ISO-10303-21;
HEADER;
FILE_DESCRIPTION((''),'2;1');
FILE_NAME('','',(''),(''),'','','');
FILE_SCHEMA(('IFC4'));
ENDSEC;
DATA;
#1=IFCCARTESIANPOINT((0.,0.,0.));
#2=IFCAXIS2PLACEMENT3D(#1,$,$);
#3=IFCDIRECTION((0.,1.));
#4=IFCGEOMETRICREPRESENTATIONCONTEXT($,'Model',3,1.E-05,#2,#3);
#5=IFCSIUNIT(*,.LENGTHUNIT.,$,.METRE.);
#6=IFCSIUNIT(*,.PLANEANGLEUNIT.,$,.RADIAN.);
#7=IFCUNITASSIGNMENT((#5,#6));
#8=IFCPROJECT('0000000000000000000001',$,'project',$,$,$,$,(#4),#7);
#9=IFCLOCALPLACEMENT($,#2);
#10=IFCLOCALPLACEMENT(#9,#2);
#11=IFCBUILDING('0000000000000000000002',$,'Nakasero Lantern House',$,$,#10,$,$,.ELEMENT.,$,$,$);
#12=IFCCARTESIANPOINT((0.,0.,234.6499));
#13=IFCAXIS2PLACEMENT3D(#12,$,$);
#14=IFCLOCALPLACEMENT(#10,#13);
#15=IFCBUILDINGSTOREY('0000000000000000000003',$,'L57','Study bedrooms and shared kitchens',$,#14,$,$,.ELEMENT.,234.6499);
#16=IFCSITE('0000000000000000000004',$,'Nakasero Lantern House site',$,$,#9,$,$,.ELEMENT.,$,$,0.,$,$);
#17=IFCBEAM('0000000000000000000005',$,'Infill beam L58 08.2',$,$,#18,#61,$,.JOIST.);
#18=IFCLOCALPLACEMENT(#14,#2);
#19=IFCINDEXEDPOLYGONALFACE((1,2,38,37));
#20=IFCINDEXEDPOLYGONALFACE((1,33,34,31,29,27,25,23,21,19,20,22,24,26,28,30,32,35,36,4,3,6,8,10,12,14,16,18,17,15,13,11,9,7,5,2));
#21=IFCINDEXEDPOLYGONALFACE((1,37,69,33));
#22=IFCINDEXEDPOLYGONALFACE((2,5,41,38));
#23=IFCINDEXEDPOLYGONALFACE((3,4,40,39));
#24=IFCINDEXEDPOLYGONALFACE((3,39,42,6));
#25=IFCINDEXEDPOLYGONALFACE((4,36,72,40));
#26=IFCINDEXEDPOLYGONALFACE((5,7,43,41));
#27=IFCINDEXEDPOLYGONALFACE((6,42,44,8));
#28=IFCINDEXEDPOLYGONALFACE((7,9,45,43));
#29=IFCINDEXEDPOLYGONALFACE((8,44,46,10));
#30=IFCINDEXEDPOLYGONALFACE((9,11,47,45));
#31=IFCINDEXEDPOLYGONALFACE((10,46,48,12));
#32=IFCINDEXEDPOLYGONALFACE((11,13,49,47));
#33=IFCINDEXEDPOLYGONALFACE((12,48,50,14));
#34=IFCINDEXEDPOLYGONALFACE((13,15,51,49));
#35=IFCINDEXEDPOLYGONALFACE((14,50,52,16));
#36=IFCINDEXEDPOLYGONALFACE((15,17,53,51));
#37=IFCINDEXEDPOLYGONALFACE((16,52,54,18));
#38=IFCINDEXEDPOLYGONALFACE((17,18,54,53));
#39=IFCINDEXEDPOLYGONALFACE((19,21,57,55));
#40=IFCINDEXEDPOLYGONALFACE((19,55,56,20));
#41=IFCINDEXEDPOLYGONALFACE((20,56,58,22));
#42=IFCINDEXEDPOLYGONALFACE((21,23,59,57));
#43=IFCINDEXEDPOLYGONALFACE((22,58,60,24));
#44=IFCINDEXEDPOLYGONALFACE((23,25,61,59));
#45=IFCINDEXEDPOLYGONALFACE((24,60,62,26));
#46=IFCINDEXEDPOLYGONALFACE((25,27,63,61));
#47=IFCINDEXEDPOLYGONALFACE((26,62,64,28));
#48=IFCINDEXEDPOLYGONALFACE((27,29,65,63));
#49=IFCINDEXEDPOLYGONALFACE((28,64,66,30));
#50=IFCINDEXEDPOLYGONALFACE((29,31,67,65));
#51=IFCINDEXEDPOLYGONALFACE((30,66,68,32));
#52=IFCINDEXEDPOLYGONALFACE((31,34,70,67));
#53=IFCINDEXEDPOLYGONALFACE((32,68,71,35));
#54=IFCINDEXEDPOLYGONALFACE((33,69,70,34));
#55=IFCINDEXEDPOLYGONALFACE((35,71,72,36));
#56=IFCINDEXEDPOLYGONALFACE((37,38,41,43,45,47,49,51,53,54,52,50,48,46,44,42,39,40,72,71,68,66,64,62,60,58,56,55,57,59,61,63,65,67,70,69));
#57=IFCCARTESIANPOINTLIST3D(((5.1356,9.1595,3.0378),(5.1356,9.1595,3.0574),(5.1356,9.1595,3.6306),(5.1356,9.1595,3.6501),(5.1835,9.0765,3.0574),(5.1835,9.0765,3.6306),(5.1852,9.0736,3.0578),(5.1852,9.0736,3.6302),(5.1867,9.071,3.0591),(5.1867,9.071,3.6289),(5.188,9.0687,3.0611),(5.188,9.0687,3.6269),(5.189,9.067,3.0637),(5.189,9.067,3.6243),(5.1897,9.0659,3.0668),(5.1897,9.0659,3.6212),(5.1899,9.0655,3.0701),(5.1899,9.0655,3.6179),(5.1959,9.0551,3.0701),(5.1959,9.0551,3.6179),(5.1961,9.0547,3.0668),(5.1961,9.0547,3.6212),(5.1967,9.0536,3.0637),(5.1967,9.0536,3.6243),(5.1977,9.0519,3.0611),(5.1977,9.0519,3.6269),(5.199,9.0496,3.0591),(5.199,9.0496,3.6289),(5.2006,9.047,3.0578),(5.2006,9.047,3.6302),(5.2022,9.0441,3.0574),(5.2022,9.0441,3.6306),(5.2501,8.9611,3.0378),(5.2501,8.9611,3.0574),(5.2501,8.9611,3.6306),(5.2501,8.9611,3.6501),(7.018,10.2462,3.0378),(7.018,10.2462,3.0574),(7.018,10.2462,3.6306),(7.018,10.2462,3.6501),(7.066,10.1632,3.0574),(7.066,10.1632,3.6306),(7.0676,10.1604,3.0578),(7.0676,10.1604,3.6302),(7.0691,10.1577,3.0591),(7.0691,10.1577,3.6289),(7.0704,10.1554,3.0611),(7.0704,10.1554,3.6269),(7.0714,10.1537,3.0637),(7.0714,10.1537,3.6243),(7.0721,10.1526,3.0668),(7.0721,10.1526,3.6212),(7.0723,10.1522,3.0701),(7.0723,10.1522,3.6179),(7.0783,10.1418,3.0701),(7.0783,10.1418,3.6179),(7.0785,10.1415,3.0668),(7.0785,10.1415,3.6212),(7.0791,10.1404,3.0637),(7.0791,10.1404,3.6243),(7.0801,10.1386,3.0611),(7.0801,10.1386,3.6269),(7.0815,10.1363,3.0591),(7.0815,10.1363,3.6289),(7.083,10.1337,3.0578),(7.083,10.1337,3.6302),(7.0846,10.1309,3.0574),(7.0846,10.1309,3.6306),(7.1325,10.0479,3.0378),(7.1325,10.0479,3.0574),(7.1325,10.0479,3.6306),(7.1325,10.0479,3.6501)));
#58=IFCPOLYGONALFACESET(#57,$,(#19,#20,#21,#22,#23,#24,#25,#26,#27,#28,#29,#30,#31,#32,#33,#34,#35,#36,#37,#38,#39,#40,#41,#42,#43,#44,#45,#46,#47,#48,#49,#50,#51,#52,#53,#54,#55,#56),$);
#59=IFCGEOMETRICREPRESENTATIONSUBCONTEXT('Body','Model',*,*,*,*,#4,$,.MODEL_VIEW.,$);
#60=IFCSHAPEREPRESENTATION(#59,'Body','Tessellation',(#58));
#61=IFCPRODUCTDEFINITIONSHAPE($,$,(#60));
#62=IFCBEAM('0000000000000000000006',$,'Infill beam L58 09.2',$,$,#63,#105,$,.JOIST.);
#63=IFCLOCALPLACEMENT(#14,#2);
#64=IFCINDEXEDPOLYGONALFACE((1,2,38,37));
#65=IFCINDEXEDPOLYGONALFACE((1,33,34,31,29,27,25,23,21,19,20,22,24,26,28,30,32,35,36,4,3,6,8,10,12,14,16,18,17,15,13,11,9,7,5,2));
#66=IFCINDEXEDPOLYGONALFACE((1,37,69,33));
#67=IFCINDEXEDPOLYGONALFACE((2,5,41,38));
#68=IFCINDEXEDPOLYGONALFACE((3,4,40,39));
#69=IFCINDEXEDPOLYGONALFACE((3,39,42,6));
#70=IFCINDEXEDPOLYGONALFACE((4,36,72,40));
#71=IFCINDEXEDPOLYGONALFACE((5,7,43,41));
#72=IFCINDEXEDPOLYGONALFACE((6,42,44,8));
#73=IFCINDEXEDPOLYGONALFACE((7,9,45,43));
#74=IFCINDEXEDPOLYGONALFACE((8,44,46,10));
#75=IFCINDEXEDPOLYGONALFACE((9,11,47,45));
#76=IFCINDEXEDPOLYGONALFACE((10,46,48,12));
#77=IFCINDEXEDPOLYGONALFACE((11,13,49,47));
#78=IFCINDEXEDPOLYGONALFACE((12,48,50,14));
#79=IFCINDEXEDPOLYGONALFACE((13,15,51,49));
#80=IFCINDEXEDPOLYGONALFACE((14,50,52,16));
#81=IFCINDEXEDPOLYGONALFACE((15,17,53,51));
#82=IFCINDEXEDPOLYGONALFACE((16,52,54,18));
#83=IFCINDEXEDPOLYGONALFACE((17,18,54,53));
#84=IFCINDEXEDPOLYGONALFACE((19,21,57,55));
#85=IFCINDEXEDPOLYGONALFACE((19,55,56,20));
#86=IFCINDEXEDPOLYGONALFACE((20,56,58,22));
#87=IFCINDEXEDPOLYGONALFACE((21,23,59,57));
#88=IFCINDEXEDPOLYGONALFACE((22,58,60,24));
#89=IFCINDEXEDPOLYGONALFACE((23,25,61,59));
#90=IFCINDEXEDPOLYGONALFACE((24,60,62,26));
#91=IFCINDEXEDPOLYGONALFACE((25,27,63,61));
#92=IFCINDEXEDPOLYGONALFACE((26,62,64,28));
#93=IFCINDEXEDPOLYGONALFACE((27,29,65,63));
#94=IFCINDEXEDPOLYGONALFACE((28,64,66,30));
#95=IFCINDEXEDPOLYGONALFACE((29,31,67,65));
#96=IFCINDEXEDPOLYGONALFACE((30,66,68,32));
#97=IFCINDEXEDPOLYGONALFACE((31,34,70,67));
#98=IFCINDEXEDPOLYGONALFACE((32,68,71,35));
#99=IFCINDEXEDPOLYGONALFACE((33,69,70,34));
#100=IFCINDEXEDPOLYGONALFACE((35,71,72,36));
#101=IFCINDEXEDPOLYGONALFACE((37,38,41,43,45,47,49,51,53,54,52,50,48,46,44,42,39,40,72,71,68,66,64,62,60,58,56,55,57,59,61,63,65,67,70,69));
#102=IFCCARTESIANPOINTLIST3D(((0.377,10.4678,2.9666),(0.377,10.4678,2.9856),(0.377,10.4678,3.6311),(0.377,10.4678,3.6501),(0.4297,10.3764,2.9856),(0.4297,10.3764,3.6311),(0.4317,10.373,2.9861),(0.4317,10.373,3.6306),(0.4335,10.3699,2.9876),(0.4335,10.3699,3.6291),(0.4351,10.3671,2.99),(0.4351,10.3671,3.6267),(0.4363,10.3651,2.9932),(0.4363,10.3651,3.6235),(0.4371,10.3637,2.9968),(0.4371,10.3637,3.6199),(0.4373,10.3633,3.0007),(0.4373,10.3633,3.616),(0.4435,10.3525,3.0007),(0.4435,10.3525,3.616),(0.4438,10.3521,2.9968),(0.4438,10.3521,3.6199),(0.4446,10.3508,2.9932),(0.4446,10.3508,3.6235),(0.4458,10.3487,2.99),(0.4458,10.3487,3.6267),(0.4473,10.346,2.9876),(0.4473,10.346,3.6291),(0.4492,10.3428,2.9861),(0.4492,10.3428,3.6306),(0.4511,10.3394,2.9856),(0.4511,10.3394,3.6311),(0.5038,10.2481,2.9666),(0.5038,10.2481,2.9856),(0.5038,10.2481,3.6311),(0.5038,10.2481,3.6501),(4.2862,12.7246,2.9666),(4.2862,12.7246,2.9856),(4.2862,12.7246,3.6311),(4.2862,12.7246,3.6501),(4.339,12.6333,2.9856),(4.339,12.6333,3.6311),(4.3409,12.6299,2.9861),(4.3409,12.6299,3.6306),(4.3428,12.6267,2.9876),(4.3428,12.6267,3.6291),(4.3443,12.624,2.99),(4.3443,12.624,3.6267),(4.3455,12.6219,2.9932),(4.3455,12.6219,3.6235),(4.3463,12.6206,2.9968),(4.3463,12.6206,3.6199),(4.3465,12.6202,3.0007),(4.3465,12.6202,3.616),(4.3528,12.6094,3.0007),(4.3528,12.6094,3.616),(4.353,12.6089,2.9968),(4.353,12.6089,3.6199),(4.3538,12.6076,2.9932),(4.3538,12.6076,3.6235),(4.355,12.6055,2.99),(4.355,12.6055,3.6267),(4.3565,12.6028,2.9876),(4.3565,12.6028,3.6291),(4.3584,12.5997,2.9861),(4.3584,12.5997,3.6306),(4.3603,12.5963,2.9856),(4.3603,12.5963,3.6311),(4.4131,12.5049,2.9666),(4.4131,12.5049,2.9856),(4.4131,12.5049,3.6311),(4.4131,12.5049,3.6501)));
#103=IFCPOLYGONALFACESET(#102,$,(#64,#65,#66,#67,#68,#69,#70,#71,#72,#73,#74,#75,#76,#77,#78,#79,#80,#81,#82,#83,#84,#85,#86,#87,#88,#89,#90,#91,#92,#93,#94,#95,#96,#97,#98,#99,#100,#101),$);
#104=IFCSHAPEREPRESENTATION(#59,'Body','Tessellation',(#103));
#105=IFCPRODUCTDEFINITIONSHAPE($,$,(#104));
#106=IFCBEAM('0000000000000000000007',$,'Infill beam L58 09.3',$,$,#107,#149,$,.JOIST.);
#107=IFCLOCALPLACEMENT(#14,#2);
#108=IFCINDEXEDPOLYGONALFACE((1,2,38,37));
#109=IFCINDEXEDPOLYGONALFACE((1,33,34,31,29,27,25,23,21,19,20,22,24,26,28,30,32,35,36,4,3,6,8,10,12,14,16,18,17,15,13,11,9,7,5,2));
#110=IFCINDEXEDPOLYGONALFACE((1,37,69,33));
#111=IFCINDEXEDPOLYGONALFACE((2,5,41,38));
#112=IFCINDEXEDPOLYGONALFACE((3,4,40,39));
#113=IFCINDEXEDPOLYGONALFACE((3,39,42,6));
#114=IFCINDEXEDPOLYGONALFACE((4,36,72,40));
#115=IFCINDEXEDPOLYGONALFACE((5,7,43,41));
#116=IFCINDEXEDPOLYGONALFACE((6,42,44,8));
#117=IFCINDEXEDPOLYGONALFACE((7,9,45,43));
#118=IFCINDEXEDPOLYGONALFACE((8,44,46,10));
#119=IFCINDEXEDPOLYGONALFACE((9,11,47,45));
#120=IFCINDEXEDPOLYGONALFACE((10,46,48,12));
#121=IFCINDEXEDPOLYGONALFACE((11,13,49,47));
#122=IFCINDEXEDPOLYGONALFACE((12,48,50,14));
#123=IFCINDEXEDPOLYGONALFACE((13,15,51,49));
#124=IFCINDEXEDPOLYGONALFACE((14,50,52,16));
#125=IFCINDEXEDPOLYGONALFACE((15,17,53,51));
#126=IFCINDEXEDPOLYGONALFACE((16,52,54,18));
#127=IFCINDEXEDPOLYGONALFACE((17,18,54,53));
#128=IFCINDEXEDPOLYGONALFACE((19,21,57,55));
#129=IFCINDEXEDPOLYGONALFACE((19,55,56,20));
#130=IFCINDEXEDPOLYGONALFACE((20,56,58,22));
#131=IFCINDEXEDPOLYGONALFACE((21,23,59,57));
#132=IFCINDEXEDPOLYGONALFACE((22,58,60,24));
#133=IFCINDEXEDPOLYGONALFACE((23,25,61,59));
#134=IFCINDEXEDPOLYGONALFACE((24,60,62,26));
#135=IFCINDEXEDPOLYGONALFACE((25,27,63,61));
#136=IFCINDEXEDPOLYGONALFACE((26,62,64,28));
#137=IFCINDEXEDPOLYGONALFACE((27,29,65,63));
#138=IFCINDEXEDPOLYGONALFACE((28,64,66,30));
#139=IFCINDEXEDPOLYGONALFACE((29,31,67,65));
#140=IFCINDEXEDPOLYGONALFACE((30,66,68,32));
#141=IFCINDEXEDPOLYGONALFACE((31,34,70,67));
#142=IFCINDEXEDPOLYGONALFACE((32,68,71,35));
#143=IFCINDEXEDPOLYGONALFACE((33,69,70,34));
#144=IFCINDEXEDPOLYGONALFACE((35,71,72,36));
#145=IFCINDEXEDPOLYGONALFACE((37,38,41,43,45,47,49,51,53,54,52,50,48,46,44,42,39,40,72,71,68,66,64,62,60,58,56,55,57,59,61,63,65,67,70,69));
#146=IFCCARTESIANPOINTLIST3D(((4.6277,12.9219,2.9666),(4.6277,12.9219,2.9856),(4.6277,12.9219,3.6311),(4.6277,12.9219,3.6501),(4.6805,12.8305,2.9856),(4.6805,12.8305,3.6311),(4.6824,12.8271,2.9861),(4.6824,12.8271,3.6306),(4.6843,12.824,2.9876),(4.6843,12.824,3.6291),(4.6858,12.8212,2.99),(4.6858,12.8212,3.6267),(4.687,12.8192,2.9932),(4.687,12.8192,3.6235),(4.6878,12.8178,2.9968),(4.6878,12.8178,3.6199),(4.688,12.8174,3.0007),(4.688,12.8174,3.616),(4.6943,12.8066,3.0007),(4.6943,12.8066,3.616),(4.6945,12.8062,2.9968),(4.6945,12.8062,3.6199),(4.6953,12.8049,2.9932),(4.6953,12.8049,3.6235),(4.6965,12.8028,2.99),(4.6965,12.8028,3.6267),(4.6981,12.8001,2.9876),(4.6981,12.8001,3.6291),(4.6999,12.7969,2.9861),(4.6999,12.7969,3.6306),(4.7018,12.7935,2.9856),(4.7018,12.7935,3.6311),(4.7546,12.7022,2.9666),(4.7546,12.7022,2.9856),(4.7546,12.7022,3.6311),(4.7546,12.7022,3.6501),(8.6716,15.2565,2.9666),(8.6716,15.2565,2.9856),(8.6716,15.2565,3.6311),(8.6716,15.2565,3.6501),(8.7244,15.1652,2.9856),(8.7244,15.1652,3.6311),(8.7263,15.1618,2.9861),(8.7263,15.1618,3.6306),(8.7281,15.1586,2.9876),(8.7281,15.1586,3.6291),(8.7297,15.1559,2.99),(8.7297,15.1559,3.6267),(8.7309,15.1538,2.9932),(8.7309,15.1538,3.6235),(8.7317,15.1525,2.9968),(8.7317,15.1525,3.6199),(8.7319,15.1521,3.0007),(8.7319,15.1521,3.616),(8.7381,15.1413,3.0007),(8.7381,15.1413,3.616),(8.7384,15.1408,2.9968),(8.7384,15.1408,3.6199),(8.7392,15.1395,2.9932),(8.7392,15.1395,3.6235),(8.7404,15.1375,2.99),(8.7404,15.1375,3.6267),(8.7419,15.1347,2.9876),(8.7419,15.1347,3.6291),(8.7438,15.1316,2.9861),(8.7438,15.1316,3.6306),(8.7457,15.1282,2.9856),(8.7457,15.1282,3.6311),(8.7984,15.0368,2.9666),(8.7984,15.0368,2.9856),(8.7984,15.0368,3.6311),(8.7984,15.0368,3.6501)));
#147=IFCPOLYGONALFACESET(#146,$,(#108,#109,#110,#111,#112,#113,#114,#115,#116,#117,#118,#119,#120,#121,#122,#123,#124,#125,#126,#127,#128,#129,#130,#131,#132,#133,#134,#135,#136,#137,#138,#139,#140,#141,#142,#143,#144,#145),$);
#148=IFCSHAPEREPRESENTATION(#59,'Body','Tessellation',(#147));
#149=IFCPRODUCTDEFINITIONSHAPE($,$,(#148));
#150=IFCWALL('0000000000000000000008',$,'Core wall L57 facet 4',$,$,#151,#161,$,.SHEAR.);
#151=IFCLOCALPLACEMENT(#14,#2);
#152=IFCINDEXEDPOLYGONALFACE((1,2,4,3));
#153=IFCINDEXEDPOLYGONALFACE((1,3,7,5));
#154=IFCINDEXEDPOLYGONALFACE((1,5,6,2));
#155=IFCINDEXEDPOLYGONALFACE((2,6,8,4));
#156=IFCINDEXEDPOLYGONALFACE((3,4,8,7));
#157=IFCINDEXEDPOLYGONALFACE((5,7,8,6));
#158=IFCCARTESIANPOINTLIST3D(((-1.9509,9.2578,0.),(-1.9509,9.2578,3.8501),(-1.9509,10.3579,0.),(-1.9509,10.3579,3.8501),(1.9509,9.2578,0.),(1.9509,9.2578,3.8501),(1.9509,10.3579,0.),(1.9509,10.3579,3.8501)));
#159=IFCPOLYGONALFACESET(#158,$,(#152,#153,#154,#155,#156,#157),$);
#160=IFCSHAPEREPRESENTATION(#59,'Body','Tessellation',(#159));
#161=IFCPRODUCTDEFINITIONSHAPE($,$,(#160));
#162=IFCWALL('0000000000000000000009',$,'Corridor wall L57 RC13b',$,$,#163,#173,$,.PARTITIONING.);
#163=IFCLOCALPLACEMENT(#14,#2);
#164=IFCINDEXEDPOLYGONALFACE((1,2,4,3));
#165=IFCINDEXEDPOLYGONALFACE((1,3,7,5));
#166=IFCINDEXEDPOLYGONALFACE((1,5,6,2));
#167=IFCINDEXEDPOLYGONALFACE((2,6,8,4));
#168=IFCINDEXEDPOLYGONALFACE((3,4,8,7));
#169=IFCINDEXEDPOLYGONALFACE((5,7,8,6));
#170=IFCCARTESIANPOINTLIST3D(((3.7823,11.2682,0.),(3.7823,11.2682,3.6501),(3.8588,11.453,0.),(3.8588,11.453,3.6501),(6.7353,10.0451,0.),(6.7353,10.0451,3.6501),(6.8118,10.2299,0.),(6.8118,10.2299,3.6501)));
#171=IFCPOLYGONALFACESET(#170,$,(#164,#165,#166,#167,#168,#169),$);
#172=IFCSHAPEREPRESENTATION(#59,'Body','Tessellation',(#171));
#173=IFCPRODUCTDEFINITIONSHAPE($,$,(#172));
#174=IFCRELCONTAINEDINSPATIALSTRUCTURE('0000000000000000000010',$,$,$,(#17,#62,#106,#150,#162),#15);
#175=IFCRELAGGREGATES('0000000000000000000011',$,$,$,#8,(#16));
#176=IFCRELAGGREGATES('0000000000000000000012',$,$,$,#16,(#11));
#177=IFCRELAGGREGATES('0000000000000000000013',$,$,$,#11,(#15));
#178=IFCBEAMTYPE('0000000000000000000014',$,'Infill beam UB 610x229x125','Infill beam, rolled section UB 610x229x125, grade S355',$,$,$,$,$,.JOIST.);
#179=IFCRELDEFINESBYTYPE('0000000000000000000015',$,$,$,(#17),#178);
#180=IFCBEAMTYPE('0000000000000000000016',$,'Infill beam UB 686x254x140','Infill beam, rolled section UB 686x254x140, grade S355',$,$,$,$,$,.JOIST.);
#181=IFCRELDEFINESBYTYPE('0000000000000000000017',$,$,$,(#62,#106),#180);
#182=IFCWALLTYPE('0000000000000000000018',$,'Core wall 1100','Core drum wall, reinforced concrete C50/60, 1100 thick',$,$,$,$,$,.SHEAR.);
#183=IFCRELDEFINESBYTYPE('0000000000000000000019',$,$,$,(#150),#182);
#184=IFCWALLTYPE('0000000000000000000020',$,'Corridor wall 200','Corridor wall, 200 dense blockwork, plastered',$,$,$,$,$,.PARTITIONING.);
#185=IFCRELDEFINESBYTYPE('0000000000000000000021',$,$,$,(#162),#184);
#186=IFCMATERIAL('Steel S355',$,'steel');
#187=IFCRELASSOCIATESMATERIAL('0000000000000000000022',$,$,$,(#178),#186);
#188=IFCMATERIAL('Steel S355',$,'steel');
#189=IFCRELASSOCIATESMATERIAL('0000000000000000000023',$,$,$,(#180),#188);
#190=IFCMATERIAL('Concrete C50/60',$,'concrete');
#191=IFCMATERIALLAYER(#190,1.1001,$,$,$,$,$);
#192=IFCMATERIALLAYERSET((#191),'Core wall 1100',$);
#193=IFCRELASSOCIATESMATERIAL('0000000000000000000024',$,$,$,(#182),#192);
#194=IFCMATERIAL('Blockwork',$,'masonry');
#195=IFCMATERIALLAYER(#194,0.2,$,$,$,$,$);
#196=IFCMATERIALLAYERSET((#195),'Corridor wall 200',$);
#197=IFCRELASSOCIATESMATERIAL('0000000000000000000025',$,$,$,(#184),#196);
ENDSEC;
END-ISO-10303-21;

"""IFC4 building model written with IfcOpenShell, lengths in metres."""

from ifc_helpers import new_model, si_unit, direction, frame, frame_2d, origin, origin_2d, place, context, subcontext, project, spatial, rectangle, i_section, extrude, material, layer, layer_set, material_profile, profile_set, type_object, element, save


model = new_model("IFC4")

# Units and contexts
model_context = context("Model", 3, precision=1e-05, world=origin(), true_north=direction((0.0, 1.0)))
body_context = subcontext(model_context, "Body", "Model", "MODEL_VIEW")
ifc_project = project(units=[si_unit("LENGTHUNIT", "METRE"), si_unit("PLANEANGLEUNIT", "RADIAN")], contexts=[model_context])

# Site, building, storey
site_placement = place(None, origin())
site = spatial("IfcSite", under=ifc_project, at=site_placement, Name="Nakasero Lantern House site", CompositionType="ELEMENT", RefElevation=0.0)
building_placement = place(site_placement, origin())
building = spatial("IfcBuilding", under=site, at=building_placement, Name="Nakasero Lantern House", CompositionType="ELEMENT")
storey_placement = place(building_placement, frame((0.0, 0.0, 234.6499)))
storey = spatial("IfcBuildingStorey", under=building, at=storey_placement, Name="L57", Description="Study bedrooms and shared kitchens", CompositionType="ELEMENT", Elevation=234.6499)

# Beams
ifc_material_1 = material(Name="Steel S355", Category="steel")
ifc_material_profile_1 = material_profile(ifc_material_1, i_section(OverallWidth=0.229, OverallDepth=0.6123, WebThickness=0.012, FlangeThickness=0.0195, FilletRadius=0.0127, at=origin_2d()), Name="UB 610x229x125")
ifc_profile_set_1 = profile_set([ifc_material_profile_1], Name="Steel S355")
beam_type_1 = type_object("IfcBeamType", Name="Infill beam UB 610x229x125", Description="Infill beam, rolled section UB 610x229x125, grade S355", PredefinedType="JOIST", material=ifc_profile_set_1)
beam_1_placement = place(storey_placement, frame((5.1929, 9.0603, 3.344), z_axis=(0.866043, 0.499969, 0.0), x_axis=(-0.499969, 0.866043, 0.0)))
element("IfcBeam", 1, at=beam_1_placement, inside=storey, type_object=beam_type_1, Name="Infill beam L58 08.2", PredefinedType="JOIST", context=body_context, shape_type="SweptSolid", body=[
    extrude(i_section(OverallWidth=0.229, OverallDepth=0.6123, WebThickness=0.012, FlangeThickness=0.0195, FilletRadius=0.0127, at=origin_2d()), origin(), (0.0, 0.0, 1.0), 2.1736),
])
ifc_material_2 = material(Name="Steel S355", Category="steel")
ifc_material_profile_2 = material_profile(ifc_material_2, i_section(OverallWidth=0.2537, OverallDepth=0.6836, WebThickness=0.0125, FlangeThickness=0.019, FilletRadius=0.0151, at=origin_2d()), Name="UB 686x254x140")
ifc_profile_set_2 = profile_set([ifc_material_profile_2], Name="Steel S355")
beam_type_2 = type_object("IfcBeamType", Name="Infill beam UB 686x254x140", Description="Infill beam, rolled section UB 686x254x140, grade S355", PredefinedType="JOIST", material=ifc_profile_set_2)
beam_2_placement = place(storey_placement, frame((0.4404, 10.3579, 3.3083), z_axis=(0.866038, 0.499978, 0.0), x_axis=(-0.499978, 0.866038, 0.0)))
element("IfcBeam", 2, at=beam_2_placement, inside=storey, type_object=beam_type_2, Name="Infill beam L58 09.2", PredefinedType="JOIST", context=body_context, shape_type="SweptSolid", body=[
    extrude(i_section(OverallWidth=0.2537, OverallDepth=0.6836, WebThickness=0.0125, FlangeThickness=0.019, FilletRadius=0.0151, at=origin_2d()), origin(), (0.0, 0.0, 1.0), 4.5139),
])
beam_3_placement = place(storey_placement, frame((4.6912, 12.812, 3.3083), z_axis=(0.866031, 0.499991, 0.0), x_axis=(-0.499991, 0.866031, 0.0)))
element("IfcBeam", 3, at=beam_3_placement, inside=storey, type_object=beam_type_2, Name="Infill beam L58 09.3", PredefinedType="JOIST", context=body_context, shape_type="SweptSolid", body=[
    extrude(i_section(OverallWidth=0.2537, OverallDepth=0.6836, WebThickness=0.0125, FlangeThickness=0.019, FilletRadius=0.0151, at=origin_2d()), origin(), (0.0, 0.0, 1.0), 4.6694),
])

# Walls
ifc_material_3 = material(Name="Concrete C50/60", Category="concrete")
ifc_layer_1 = layer(ifc_material_3, 1.1001)
ifc_layer_set_1 = layer_set([ifc_layer_1], Name="Core wall 1100")
wall_type_1 = type_object("IfcWallType", Name="Core wall 1100", Description="Core drum wall, reinforced concrete C50/60, 1100 thick", PredefinedType="SHEAR", material=ifc_layer_set_1)
wall_1_placement = place(storey_placement, frame((1.9509, 9.8079, 0.0), z_axis=(0.0, 0.0, 1.0), x_axis=(-1.0, 0.0, 0.0)))
element("IfcWall", 4, at=wall_1_placement, inside=storey, type_object=wall_type_1, Name="Core wall L57 facet 4", PredefinedType="SHEAR", context=body_context, shape_type="SweptSolid", body=[
    extrude(rectangle(XDim=3.9019, YDim=1.1001, at=frame_2d((1.9509, 0.0))), origin(), (0.0, 0.0, 1.0), 3.8501),
])
ifc_material_4 = material(Name="Blockwork", Category="masonry")
ifc_layer_2 = layer(ifc_material_4, 0.2)
ifc_layer_set_2 = layer_set([ifc_layer_2], Name="Corridor wall 200")
wall_type_2 = type_object("IfcWallType", Name="Corridor wall 200", Description="Corridor wall, 200 dense blockwork, plastered", PredefinedType="PARTITIONING", material=ifc_layer_set_2)
wall_2_placement = place(storey_placement, frame((3.8206, 11.3606, 0.0), z_axis=(0.0, 0.0, 1.0), x_axis=(0.923888, -0.382662, 0.0)))
element("IfcWall", 5, at=wall_2_placement, inside=storey, type_object=wall_type_2, Name="Corridor wall L57 RC13b", PredefinedType="PARTITIONING", context=body_context, shape_type="SweptSolid", body=[
    extrude(rectangle(XDim=3.1963, YDim=0.2, at=frame_2d((1.5981, 0.0))), origin(), (0.0, 0.0, 1.0), 3.6501),
])

save(model, "model.ifc")
